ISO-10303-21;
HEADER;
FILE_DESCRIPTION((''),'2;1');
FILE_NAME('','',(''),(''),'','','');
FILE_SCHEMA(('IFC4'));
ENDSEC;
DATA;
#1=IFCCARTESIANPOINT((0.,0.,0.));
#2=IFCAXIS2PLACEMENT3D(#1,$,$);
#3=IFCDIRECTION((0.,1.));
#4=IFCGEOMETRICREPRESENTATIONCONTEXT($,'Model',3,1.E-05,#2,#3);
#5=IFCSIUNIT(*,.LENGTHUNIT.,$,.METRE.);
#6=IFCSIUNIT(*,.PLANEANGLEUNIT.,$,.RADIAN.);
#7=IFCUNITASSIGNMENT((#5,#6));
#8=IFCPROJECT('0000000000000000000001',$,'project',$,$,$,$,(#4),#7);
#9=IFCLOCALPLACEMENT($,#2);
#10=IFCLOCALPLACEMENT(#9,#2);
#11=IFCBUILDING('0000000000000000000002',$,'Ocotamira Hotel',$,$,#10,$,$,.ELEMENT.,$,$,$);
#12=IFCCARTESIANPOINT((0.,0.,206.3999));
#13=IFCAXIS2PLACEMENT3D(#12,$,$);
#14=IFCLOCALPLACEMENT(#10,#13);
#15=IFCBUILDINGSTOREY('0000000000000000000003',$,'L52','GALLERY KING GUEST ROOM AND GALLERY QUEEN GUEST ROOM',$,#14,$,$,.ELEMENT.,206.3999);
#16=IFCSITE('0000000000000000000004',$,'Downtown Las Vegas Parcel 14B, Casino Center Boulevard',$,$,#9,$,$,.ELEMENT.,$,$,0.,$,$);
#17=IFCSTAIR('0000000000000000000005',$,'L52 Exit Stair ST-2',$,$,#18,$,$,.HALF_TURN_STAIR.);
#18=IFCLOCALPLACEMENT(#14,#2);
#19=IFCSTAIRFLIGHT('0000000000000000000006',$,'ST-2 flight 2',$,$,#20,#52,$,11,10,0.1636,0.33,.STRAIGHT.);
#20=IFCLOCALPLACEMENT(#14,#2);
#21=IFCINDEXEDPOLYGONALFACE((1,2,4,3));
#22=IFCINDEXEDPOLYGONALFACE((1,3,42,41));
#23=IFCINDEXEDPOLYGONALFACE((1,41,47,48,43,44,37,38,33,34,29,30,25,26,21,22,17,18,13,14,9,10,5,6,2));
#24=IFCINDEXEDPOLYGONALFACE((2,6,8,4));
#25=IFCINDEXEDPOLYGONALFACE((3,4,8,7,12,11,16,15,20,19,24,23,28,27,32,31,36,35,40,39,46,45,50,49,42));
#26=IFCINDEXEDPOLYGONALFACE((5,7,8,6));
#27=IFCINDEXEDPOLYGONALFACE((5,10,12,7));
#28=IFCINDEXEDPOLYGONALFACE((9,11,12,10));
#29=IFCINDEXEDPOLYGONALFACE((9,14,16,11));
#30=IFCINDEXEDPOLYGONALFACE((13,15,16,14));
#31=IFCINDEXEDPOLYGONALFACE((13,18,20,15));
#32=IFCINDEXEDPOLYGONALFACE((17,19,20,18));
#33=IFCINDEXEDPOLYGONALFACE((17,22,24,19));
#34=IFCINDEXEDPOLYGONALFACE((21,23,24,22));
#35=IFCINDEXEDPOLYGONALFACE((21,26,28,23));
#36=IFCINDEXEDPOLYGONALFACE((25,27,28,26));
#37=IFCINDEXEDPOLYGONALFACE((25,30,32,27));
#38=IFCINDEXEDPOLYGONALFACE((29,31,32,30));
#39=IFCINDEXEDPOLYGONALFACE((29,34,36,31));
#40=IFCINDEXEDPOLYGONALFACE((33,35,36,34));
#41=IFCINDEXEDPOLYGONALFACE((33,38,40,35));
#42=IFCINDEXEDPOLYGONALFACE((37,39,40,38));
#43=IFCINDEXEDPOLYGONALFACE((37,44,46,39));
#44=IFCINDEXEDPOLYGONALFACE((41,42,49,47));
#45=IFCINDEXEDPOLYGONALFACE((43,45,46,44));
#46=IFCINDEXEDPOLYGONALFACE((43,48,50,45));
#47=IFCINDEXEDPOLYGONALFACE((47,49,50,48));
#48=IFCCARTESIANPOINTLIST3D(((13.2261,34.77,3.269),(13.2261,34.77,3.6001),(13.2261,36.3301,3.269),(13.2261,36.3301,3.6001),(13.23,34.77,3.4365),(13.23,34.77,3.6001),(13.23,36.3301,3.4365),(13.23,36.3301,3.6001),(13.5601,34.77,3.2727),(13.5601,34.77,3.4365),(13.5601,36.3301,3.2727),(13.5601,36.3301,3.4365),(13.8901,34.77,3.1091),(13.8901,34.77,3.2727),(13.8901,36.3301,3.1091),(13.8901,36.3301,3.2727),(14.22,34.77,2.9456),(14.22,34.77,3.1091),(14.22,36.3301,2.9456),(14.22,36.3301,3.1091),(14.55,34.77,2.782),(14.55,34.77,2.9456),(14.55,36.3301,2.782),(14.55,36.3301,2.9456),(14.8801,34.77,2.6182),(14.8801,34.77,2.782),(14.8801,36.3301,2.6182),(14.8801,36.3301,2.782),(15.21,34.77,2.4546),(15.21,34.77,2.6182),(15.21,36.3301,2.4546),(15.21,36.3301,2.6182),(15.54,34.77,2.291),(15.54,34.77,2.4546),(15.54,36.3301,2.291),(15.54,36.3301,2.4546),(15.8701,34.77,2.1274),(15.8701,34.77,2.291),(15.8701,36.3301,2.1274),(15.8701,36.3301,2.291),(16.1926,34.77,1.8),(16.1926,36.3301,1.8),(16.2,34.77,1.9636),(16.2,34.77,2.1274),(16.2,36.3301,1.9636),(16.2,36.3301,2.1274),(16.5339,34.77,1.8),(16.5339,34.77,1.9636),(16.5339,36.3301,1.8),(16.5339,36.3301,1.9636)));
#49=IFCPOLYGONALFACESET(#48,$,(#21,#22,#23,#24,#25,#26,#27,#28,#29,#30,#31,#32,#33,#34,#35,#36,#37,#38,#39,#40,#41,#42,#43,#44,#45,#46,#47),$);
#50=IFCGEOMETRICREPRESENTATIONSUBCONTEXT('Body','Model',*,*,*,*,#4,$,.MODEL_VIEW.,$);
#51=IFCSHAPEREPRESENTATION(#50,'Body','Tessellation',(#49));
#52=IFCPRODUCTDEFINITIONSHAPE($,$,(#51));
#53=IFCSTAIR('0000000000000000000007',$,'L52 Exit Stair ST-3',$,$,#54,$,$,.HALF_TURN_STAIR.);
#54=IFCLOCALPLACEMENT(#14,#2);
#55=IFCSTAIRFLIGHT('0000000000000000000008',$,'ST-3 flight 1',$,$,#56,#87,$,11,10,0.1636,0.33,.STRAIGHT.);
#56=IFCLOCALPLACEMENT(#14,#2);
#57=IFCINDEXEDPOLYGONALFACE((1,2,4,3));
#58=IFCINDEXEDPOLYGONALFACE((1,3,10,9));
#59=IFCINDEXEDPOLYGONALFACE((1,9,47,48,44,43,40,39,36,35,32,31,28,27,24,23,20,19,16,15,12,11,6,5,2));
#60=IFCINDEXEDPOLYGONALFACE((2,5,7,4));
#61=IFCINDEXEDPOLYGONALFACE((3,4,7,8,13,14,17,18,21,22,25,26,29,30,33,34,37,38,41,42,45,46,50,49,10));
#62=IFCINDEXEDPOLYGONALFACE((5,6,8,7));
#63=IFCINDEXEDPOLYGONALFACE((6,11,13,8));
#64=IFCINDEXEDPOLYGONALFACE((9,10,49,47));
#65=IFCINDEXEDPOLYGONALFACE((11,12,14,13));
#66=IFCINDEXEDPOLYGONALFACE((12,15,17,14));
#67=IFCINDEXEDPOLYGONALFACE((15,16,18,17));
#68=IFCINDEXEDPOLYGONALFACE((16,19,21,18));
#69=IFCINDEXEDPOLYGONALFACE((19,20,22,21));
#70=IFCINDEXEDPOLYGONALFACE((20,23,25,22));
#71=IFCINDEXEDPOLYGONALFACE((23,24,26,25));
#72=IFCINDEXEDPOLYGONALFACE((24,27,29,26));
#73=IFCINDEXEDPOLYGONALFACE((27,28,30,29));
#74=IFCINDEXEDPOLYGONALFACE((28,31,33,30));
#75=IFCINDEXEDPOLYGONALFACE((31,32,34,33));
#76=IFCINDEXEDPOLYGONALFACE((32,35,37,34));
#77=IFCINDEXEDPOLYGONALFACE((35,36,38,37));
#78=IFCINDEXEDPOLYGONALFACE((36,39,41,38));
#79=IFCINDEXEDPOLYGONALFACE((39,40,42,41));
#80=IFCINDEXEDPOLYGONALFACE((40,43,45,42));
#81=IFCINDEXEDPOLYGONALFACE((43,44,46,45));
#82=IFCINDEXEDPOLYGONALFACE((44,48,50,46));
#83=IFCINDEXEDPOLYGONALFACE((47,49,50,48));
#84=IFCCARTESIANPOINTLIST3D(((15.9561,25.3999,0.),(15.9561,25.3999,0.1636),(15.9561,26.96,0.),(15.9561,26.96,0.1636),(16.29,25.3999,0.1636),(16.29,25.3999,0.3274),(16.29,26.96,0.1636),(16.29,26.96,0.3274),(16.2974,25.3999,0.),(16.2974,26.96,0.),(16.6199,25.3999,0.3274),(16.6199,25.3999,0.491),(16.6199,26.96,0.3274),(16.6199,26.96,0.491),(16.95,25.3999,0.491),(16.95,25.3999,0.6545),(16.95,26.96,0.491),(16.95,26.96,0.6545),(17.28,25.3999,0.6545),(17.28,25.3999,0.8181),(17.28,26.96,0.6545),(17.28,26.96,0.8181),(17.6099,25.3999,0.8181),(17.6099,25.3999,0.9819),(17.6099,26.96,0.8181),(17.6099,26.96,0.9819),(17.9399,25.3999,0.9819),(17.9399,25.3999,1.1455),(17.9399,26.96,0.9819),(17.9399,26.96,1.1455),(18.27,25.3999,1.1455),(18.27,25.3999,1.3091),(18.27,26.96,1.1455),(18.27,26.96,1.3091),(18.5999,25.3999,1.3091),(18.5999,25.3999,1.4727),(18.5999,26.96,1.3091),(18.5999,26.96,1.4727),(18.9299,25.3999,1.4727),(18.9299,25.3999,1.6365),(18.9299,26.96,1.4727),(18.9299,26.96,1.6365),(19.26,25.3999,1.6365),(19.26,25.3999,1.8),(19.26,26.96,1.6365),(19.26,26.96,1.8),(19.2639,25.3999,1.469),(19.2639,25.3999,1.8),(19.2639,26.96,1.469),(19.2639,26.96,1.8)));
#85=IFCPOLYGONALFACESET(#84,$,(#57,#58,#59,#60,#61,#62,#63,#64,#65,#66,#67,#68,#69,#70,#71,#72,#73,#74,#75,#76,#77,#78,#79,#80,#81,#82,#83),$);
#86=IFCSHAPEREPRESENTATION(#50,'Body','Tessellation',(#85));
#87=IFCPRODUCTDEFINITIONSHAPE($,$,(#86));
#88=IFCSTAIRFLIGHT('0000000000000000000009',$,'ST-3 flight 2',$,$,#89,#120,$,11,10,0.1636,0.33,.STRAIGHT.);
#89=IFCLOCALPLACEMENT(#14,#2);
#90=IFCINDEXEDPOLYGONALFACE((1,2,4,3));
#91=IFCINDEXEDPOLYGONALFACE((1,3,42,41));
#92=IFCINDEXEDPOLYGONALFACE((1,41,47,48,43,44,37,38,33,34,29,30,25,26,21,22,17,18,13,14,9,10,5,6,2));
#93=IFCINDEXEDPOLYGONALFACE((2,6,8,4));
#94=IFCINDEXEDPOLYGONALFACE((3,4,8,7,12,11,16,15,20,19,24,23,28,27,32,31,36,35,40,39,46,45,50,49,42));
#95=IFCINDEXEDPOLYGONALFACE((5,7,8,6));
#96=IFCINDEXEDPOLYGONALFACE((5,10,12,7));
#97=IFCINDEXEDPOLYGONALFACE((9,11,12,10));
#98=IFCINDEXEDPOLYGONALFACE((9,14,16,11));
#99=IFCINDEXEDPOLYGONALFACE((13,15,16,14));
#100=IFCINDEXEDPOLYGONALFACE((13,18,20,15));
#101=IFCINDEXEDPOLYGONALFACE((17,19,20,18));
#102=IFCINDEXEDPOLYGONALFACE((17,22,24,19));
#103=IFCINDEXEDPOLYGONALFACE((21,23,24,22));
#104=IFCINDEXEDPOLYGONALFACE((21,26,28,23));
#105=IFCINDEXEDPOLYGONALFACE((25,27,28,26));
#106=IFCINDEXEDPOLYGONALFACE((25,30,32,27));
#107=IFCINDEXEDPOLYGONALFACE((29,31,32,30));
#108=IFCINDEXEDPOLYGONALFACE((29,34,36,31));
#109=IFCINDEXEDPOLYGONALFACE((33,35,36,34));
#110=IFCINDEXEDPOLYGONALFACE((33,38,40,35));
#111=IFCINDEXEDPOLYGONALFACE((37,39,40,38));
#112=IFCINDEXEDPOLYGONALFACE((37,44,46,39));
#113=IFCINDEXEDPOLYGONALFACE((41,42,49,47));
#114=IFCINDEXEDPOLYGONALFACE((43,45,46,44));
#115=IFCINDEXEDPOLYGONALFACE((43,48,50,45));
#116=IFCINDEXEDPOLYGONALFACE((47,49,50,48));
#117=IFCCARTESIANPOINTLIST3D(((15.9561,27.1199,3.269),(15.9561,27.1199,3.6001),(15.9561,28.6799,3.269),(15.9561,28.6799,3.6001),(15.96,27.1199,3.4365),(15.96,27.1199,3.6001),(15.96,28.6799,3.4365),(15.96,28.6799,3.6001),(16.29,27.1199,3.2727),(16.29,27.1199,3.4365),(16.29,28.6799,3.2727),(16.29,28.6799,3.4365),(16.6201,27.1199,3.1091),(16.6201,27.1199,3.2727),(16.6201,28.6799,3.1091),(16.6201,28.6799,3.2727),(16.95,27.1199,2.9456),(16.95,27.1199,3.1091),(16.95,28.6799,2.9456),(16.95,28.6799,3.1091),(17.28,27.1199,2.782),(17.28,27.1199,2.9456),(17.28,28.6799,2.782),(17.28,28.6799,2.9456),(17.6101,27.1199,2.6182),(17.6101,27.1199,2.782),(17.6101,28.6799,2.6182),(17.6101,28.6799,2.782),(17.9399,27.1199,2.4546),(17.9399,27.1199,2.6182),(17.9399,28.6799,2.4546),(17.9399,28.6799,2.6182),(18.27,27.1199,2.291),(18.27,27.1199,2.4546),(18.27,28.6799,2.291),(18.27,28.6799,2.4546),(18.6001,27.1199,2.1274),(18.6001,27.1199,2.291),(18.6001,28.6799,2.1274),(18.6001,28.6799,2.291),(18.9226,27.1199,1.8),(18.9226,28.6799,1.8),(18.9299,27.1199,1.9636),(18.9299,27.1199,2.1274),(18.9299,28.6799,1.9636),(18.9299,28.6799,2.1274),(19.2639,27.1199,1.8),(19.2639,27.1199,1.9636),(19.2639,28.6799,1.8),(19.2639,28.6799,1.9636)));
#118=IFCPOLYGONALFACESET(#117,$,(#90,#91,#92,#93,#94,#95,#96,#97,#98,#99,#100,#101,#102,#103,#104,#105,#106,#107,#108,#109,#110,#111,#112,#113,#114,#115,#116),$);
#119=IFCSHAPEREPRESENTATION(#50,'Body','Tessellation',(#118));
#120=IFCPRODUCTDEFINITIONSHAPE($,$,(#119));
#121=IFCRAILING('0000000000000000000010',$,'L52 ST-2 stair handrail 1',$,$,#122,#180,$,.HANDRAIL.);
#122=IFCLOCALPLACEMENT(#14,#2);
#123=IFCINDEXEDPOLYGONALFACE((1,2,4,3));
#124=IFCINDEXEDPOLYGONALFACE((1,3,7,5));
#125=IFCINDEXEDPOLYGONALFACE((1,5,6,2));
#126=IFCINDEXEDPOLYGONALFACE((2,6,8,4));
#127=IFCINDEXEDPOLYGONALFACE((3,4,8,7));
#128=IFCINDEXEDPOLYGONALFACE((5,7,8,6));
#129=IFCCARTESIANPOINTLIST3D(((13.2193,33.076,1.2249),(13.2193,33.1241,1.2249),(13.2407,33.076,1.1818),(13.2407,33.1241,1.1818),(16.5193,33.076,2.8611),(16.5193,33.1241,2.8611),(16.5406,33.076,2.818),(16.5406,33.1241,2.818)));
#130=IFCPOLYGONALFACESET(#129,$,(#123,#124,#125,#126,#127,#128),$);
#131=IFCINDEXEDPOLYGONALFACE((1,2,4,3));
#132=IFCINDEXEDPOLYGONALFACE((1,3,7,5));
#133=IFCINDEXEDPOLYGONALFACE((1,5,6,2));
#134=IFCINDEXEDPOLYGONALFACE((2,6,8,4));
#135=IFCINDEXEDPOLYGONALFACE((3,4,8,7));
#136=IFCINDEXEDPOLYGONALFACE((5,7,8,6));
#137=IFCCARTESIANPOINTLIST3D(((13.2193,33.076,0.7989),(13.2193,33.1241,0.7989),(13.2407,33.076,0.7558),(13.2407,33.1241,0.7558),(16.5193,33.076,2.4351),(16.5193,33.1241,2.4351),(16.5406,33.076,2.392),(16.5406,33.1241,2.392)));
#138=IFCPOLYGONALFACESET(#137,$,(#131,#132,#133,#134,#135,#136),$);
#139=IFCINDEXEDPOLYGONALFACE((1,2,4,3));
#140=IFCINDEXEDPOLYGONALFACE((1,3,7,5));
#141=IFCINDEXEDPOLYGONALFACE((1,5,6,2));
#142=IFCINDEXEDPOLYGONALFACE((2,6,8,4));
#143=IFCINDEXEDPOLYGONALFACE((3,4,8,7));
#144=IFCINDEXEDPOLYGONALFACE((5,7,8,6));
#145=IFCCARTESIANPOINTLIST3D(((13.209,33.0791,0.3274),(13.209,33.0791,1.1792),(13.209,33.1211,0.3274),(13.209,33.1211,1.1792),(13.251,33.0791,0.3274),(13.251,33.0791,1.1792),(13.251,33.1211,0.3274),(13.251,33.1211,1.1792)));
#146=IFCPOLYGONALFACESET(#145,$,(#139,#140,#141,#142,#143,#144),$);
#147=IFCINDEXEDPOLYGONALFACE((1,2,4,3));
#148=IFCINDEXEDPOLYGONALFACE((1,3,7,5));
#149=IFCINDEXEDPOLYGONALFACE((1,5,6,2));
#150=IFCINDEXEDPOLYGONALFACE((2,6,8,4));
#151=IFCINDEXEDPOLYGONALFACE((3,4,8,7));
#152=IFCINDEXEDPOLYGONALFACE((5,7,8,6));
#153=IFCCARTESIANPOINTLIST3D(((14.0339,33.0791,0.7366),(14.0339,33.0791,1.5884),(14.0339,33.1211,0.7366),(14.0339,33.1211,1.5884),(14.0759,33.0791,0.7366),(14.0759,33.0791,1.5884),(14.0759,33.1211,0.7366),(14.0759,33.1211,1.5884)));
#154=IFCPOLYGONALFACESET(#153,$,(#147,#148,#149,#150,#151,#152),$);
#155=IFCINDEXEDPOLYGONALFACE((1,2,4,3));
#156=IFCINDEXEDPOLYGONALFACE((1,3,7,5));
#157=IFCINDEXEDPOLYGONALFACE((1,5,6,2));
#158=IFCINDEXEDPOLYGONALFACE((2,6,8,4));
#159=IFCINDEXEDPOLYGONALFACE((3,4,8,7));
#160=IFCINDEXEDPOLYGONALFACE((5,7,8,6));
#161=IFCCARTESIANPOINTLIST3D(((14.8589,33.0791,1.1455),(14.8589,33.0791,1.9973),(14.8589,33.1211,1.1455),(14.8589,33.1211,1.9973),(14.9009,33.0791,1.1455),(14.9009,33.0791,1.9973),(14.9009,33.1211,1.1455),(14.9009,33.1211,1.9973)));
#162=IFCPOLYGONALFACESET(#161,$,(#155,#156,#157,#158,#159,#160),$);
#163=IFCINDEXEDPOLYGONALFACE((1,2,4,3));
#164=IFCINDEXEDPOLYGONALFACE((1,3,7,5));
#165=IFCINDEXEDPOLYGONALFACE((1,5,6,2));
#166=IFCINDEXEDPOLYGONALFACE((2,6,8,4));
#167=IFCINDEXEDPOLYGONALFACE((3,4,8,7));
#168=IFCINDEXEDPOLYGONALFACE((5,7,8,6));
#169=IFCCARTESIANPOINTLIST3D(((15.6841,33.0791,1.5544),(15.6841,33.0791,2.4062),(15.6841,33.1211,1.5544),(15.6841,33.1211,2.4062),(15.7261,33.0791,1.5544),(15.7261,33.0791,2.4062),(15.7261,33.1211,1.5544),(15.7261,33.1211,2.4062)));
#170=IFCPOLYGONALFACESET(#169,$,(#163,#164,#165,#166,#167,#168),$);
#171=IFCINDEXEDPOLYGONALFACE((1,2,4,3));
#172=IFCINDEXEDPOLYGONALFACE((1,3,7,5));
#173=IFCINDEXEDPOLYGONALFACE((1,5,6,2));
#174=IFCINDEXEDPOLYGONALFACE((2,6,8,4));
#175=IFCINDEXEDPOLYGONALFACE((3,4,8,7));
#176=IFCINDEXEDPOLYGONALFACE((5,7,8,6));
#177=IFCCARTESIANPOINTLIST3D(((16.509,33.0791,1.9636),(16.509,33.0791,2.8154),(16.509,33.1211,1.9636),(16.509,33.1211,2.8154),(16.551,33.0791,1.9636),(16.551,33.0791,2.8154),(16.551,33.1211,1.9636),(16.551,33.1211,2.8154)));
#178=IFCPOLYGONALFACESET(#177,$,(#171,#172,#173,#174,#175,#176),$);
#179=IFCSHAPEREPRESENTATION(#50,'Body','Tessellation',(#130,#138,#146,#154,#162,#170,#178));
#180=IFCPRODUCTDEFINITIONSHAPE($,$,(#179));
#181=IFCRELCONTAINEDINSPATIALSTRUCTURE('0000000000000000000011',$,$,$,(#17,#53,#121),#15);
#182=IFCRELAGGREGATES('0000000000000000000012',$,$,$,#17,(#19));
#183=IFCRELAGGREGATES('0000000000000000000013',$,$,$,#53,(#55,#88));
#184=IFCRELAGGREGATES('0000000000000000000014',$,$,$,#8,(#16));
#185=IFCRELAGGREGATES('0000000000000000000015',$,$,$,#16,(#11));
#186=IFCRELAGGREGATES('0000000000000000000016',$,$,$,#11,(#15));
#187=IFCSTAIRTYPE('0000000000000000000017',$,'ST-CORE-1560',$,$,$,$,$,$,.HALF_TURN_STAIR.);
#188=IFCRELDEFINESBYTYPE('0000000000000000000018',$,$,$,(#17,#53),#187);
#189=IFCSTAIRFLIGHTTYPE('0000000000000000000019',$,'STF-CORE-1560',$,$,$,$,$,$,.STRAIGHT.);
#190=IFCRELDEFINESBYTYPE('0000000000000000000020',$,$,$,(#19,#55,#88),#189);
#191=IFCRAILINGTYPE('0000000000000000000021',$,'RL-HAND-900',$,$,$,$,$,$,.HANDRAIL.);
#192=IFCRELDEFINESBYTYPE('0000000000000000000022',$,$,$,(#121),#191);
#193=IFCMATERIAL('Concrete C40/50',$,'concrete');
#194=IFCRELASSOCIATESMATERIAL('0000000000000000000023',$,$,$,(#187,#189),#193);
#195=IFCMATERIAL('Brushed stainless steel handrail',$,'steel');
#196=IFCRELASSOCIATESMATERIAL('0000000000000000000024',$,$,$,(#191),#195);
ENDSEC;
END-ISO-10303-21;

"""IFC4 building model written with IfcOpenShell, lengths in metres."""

from ifc_helpers import new_model, si_unit, direction, frame, origin, origin_2d, place, context, subcontext, project, spatial, polyline, rectangle, outline, extrude, source, transform, mapped, material, type_object, element, aggregate, save


model = new_model("IFC4")

# Units and contexts
model_context = context("Model", 3, precision=1e-05, world=origin(), true_north=direction((0.0, 1.0)))
body_context = subcontext(model_context, "Body", "Model", "MODEL_VIEW")
ifc_project = project(units=[si_unit("LENGTHUNIT", "METRE"), si_unit("PLANEANGLEUNIT", "RADIAN")], contexts=[model_context])

# Site, building, storey
site_placement = place(None, origin())
site = spatial("IfcSite", under=ifc_project, at=site_placement, Name="Downtown Las Vegas Parcel 14B, Casino Center Boulevard", CompositionType="ELEMENT", RefElevation=0.0)
building_placement = place(site_placement, origin())
building = spatial("IfcBuilding", under=site, at=building_placement, Name="Ocotamira Hotel", CompositionType="ELEMENT")
storey_placement = place(building_placement, frame((0.0, 0.0, 206.3999)))
storey = spatial("IfcBuildingStorey", under=building, at=storey_placement, Name="L52", Description="GALLERY KING GUEST ROOM AND GALLERY QUEEN GUEST ROOM", CompositionType="ELEMENT", Elevation=206.3999)

# Stairs, stair flights
ifc_material_1 = material(Name="Concrete C40/50", Category="concrete")
stair_type = type_object("IfcStairType", Name="ST-CORE-1560", PredefinedType="HALF_TURN_STAIR", material=ifc_material_1)
stair_1_placement = place(storey_placement, origin())
stair_1 = element("IfcStair", 1, at=stair_1_placement, inside=storey, type_object=stair_type, Name="L52 Exit Stair ST-2", PredefinedType="HALF_TURN_STAIR")
stair_flight_type = type_object("IfcStairFlightType", Name="STF-CORE-1560", PredefinedType="STRAIGHT", material=ifc_material_1)
shared_shape_1 = source(origin(), body_context, "Body", "SweptSolid", [
    extrude(outline(polyline([(-0.0039, 0.0), (-0.0039, 0.1636), (0.3301, 0.1636), (0.3301, 0.3274), (0.6599, 0.3274), (0.6599, 0.491), (0.99, 0.491), (0.99, 0.6545), (1.3201, 0.6545), (1.3201, 0.8181), (1.6499, 0.8181), (1.6499, 0.9819), (1.98, 0.9819), (1.98, 1.1455), (2.3101, 1.1455), (2.3101, 1.3091), (2.6399, 1.3091), (2.6399, 1.4727), (2.97, 1.4727), (2.97, 1.6365), (3.3, 1.6365), (3.3, 1.8), (3.304, 1.8), (3.304, 1.469), (0.3374, 0.0), (-0.0039, 0.0)])), frame((0.0, 0.78, 0.0), z_axis=(0.0, -1.0, 0.0), x_axis=(1.0, 0.0, 0.0)), (0.0, 0.0, 1.0), 1.5601),
])
stair_flight_1_placement = place(storey_placement, frame((16.53, 35.55, 1.8), z_axis=(0.0, 0.0, 1.0), x_axis=(-1.0, 0.0, 0.0)))
stair_flight_1 = element("IfcStairFlight", 2, at=stair_flight_1_placement, type_object=stair_flight_type, Name="ST-2 flight 2", NumberOfRisers=11, NumberOfTreads=10, PredefinedType="STRAIGHT", RiserHeight=0.1636, TreadLength=0.33, context=body_context, shape_type="MappedRepresentation", body=[
    mapped(shared_shape_1, transform((0.0, 0.0, 0.0), scale=1.0)),
])
aggregate(stair_1, [stair_flight_1])
stair_2_placement = place(storey_placement, origin())
stair_2 = element("IfcStair", 3, at=stair_2_placement, inside=storey, type_object=stair_type, Name="L52 Exit Stair ST-3", PredefinedType="HALF_TURN_STAIR")
stair_flight_2_placement = place(storey_placement, frame((15.96, 26.1799, 0.0), z_axis=(0.0, 0.0, 1.0), x_axis=(1.0, 0.0, 0.0)))
stair_flight_2 = element("IfcStairFlight", 4, at=stair_flight_2_placement, type_object=stair_flight_type, Name="ST-3 flight 1", NumberOfRisers=11, NumberOfTreads=10, PredefinedType="STRAIGHT", RiserHeight=0.1636, TreadLength=0.33, context=body_context, shape_type="MappedRepresentation", body=[
    mapped(shared_shape_1, transform((0.0, 0.0, 0.0), scale=1.0)),
])
stair_flight_3_placement = place(storey_placement, frame((19.26, 27.8999, 1.8), z_axis=(0.0, 0.0, 1.0), x_axis=(-1.0, 0.0, 0.0)))
stair_flight_3 = element("IfcStairFlight", 5, at=stair_flight_3_placement, type_object=stair_flight_type, Name="ST-3 flight 2", NumberOfRisers=11, NumberOfTreads=10, PredefinedType="STRAIGHT", RiserHeight=0.1636, TreadLength=0.33, context=body_context, shape_type="MappedRepresentation", body=[
    mapped(shared_shape_1, transform((0.0, 0.0, 0.0), scale=1.0)),
])
aggregate(stair_2, [stair_flight_2, stair_flight_3])

# Railing
ifc_material_2 = material(Name="Brushed stainless steel handrail", Category="steel")
railing_type_1 = type_object("IfcRailingType", Name="RL-HAND-900", PredefinedType="HANDRAIL", material=ifc_material_2)
railing_1_placement = place(storey_placement, frame((13.23, 33.1001, 0.3274)))
element("IfcRailing", 6, at=railing_1_placement, inside=storey, type_object=railing_type_1, Name="L52 ST-2 stair handrail 1", PredefinedType="HANDRAIL", context=body_context, shape_type="SweptSolid", body=[
    extrude(rectangle(XDim=0.0481, YDim=0.0481, at=origin_2d()), frame((0.0, 0.0, 0.876), z_axis=(0.89592, 0.0, 0.444215), x_axis=(0.0, 1.0, 0.0)), (0.0, 0.0, 1.0), 3.6833),
    extrude(rectangle(XDim=0.0481, YDim=0.0481, at=origin_2d()), frame((0.0, 0.0, 0.45), z_axis=(0.89592, 0.0, 0.444215), x_axis=(0.0, 1.0, 0.0)), (0.0, 0.0, 1.0), 3.6833),
    extrude(rectangle(XDim=0.042, YDim=0.042, at=origin_2d()), origin(), (0.0, 0.0, 1.0), 0.8518),
    extrude(rectangle(XDim=0.042, YDim=0.042, at=origin_2d()), frame((0.825, 0.0, 0.4092)), (0.0, 0.0, 1.0), 0.8518),
    extrude(rectangle(XDim=0.042, YDim=0.042, at=origin_2d()), frame((1.6499, 0.0, 0.8181)), (0.0, 0.0, 1.0), 0.8518),
    extrude(rectangle(XDim=0.042, YDim=0.042, at=origin_2d()), frame((2.4751, 0.0, 1.2271)), (0.0, 0.0, 1.0), 0.8518),
    extrude(rectangle(XDim=0.042, YDim=0.042, at=origin_2d()), frame((3.3, 0.0, 1.6362)), (0.0, 0.0, 1.0), 0.8518),
])

save(model, "model.ifc")
